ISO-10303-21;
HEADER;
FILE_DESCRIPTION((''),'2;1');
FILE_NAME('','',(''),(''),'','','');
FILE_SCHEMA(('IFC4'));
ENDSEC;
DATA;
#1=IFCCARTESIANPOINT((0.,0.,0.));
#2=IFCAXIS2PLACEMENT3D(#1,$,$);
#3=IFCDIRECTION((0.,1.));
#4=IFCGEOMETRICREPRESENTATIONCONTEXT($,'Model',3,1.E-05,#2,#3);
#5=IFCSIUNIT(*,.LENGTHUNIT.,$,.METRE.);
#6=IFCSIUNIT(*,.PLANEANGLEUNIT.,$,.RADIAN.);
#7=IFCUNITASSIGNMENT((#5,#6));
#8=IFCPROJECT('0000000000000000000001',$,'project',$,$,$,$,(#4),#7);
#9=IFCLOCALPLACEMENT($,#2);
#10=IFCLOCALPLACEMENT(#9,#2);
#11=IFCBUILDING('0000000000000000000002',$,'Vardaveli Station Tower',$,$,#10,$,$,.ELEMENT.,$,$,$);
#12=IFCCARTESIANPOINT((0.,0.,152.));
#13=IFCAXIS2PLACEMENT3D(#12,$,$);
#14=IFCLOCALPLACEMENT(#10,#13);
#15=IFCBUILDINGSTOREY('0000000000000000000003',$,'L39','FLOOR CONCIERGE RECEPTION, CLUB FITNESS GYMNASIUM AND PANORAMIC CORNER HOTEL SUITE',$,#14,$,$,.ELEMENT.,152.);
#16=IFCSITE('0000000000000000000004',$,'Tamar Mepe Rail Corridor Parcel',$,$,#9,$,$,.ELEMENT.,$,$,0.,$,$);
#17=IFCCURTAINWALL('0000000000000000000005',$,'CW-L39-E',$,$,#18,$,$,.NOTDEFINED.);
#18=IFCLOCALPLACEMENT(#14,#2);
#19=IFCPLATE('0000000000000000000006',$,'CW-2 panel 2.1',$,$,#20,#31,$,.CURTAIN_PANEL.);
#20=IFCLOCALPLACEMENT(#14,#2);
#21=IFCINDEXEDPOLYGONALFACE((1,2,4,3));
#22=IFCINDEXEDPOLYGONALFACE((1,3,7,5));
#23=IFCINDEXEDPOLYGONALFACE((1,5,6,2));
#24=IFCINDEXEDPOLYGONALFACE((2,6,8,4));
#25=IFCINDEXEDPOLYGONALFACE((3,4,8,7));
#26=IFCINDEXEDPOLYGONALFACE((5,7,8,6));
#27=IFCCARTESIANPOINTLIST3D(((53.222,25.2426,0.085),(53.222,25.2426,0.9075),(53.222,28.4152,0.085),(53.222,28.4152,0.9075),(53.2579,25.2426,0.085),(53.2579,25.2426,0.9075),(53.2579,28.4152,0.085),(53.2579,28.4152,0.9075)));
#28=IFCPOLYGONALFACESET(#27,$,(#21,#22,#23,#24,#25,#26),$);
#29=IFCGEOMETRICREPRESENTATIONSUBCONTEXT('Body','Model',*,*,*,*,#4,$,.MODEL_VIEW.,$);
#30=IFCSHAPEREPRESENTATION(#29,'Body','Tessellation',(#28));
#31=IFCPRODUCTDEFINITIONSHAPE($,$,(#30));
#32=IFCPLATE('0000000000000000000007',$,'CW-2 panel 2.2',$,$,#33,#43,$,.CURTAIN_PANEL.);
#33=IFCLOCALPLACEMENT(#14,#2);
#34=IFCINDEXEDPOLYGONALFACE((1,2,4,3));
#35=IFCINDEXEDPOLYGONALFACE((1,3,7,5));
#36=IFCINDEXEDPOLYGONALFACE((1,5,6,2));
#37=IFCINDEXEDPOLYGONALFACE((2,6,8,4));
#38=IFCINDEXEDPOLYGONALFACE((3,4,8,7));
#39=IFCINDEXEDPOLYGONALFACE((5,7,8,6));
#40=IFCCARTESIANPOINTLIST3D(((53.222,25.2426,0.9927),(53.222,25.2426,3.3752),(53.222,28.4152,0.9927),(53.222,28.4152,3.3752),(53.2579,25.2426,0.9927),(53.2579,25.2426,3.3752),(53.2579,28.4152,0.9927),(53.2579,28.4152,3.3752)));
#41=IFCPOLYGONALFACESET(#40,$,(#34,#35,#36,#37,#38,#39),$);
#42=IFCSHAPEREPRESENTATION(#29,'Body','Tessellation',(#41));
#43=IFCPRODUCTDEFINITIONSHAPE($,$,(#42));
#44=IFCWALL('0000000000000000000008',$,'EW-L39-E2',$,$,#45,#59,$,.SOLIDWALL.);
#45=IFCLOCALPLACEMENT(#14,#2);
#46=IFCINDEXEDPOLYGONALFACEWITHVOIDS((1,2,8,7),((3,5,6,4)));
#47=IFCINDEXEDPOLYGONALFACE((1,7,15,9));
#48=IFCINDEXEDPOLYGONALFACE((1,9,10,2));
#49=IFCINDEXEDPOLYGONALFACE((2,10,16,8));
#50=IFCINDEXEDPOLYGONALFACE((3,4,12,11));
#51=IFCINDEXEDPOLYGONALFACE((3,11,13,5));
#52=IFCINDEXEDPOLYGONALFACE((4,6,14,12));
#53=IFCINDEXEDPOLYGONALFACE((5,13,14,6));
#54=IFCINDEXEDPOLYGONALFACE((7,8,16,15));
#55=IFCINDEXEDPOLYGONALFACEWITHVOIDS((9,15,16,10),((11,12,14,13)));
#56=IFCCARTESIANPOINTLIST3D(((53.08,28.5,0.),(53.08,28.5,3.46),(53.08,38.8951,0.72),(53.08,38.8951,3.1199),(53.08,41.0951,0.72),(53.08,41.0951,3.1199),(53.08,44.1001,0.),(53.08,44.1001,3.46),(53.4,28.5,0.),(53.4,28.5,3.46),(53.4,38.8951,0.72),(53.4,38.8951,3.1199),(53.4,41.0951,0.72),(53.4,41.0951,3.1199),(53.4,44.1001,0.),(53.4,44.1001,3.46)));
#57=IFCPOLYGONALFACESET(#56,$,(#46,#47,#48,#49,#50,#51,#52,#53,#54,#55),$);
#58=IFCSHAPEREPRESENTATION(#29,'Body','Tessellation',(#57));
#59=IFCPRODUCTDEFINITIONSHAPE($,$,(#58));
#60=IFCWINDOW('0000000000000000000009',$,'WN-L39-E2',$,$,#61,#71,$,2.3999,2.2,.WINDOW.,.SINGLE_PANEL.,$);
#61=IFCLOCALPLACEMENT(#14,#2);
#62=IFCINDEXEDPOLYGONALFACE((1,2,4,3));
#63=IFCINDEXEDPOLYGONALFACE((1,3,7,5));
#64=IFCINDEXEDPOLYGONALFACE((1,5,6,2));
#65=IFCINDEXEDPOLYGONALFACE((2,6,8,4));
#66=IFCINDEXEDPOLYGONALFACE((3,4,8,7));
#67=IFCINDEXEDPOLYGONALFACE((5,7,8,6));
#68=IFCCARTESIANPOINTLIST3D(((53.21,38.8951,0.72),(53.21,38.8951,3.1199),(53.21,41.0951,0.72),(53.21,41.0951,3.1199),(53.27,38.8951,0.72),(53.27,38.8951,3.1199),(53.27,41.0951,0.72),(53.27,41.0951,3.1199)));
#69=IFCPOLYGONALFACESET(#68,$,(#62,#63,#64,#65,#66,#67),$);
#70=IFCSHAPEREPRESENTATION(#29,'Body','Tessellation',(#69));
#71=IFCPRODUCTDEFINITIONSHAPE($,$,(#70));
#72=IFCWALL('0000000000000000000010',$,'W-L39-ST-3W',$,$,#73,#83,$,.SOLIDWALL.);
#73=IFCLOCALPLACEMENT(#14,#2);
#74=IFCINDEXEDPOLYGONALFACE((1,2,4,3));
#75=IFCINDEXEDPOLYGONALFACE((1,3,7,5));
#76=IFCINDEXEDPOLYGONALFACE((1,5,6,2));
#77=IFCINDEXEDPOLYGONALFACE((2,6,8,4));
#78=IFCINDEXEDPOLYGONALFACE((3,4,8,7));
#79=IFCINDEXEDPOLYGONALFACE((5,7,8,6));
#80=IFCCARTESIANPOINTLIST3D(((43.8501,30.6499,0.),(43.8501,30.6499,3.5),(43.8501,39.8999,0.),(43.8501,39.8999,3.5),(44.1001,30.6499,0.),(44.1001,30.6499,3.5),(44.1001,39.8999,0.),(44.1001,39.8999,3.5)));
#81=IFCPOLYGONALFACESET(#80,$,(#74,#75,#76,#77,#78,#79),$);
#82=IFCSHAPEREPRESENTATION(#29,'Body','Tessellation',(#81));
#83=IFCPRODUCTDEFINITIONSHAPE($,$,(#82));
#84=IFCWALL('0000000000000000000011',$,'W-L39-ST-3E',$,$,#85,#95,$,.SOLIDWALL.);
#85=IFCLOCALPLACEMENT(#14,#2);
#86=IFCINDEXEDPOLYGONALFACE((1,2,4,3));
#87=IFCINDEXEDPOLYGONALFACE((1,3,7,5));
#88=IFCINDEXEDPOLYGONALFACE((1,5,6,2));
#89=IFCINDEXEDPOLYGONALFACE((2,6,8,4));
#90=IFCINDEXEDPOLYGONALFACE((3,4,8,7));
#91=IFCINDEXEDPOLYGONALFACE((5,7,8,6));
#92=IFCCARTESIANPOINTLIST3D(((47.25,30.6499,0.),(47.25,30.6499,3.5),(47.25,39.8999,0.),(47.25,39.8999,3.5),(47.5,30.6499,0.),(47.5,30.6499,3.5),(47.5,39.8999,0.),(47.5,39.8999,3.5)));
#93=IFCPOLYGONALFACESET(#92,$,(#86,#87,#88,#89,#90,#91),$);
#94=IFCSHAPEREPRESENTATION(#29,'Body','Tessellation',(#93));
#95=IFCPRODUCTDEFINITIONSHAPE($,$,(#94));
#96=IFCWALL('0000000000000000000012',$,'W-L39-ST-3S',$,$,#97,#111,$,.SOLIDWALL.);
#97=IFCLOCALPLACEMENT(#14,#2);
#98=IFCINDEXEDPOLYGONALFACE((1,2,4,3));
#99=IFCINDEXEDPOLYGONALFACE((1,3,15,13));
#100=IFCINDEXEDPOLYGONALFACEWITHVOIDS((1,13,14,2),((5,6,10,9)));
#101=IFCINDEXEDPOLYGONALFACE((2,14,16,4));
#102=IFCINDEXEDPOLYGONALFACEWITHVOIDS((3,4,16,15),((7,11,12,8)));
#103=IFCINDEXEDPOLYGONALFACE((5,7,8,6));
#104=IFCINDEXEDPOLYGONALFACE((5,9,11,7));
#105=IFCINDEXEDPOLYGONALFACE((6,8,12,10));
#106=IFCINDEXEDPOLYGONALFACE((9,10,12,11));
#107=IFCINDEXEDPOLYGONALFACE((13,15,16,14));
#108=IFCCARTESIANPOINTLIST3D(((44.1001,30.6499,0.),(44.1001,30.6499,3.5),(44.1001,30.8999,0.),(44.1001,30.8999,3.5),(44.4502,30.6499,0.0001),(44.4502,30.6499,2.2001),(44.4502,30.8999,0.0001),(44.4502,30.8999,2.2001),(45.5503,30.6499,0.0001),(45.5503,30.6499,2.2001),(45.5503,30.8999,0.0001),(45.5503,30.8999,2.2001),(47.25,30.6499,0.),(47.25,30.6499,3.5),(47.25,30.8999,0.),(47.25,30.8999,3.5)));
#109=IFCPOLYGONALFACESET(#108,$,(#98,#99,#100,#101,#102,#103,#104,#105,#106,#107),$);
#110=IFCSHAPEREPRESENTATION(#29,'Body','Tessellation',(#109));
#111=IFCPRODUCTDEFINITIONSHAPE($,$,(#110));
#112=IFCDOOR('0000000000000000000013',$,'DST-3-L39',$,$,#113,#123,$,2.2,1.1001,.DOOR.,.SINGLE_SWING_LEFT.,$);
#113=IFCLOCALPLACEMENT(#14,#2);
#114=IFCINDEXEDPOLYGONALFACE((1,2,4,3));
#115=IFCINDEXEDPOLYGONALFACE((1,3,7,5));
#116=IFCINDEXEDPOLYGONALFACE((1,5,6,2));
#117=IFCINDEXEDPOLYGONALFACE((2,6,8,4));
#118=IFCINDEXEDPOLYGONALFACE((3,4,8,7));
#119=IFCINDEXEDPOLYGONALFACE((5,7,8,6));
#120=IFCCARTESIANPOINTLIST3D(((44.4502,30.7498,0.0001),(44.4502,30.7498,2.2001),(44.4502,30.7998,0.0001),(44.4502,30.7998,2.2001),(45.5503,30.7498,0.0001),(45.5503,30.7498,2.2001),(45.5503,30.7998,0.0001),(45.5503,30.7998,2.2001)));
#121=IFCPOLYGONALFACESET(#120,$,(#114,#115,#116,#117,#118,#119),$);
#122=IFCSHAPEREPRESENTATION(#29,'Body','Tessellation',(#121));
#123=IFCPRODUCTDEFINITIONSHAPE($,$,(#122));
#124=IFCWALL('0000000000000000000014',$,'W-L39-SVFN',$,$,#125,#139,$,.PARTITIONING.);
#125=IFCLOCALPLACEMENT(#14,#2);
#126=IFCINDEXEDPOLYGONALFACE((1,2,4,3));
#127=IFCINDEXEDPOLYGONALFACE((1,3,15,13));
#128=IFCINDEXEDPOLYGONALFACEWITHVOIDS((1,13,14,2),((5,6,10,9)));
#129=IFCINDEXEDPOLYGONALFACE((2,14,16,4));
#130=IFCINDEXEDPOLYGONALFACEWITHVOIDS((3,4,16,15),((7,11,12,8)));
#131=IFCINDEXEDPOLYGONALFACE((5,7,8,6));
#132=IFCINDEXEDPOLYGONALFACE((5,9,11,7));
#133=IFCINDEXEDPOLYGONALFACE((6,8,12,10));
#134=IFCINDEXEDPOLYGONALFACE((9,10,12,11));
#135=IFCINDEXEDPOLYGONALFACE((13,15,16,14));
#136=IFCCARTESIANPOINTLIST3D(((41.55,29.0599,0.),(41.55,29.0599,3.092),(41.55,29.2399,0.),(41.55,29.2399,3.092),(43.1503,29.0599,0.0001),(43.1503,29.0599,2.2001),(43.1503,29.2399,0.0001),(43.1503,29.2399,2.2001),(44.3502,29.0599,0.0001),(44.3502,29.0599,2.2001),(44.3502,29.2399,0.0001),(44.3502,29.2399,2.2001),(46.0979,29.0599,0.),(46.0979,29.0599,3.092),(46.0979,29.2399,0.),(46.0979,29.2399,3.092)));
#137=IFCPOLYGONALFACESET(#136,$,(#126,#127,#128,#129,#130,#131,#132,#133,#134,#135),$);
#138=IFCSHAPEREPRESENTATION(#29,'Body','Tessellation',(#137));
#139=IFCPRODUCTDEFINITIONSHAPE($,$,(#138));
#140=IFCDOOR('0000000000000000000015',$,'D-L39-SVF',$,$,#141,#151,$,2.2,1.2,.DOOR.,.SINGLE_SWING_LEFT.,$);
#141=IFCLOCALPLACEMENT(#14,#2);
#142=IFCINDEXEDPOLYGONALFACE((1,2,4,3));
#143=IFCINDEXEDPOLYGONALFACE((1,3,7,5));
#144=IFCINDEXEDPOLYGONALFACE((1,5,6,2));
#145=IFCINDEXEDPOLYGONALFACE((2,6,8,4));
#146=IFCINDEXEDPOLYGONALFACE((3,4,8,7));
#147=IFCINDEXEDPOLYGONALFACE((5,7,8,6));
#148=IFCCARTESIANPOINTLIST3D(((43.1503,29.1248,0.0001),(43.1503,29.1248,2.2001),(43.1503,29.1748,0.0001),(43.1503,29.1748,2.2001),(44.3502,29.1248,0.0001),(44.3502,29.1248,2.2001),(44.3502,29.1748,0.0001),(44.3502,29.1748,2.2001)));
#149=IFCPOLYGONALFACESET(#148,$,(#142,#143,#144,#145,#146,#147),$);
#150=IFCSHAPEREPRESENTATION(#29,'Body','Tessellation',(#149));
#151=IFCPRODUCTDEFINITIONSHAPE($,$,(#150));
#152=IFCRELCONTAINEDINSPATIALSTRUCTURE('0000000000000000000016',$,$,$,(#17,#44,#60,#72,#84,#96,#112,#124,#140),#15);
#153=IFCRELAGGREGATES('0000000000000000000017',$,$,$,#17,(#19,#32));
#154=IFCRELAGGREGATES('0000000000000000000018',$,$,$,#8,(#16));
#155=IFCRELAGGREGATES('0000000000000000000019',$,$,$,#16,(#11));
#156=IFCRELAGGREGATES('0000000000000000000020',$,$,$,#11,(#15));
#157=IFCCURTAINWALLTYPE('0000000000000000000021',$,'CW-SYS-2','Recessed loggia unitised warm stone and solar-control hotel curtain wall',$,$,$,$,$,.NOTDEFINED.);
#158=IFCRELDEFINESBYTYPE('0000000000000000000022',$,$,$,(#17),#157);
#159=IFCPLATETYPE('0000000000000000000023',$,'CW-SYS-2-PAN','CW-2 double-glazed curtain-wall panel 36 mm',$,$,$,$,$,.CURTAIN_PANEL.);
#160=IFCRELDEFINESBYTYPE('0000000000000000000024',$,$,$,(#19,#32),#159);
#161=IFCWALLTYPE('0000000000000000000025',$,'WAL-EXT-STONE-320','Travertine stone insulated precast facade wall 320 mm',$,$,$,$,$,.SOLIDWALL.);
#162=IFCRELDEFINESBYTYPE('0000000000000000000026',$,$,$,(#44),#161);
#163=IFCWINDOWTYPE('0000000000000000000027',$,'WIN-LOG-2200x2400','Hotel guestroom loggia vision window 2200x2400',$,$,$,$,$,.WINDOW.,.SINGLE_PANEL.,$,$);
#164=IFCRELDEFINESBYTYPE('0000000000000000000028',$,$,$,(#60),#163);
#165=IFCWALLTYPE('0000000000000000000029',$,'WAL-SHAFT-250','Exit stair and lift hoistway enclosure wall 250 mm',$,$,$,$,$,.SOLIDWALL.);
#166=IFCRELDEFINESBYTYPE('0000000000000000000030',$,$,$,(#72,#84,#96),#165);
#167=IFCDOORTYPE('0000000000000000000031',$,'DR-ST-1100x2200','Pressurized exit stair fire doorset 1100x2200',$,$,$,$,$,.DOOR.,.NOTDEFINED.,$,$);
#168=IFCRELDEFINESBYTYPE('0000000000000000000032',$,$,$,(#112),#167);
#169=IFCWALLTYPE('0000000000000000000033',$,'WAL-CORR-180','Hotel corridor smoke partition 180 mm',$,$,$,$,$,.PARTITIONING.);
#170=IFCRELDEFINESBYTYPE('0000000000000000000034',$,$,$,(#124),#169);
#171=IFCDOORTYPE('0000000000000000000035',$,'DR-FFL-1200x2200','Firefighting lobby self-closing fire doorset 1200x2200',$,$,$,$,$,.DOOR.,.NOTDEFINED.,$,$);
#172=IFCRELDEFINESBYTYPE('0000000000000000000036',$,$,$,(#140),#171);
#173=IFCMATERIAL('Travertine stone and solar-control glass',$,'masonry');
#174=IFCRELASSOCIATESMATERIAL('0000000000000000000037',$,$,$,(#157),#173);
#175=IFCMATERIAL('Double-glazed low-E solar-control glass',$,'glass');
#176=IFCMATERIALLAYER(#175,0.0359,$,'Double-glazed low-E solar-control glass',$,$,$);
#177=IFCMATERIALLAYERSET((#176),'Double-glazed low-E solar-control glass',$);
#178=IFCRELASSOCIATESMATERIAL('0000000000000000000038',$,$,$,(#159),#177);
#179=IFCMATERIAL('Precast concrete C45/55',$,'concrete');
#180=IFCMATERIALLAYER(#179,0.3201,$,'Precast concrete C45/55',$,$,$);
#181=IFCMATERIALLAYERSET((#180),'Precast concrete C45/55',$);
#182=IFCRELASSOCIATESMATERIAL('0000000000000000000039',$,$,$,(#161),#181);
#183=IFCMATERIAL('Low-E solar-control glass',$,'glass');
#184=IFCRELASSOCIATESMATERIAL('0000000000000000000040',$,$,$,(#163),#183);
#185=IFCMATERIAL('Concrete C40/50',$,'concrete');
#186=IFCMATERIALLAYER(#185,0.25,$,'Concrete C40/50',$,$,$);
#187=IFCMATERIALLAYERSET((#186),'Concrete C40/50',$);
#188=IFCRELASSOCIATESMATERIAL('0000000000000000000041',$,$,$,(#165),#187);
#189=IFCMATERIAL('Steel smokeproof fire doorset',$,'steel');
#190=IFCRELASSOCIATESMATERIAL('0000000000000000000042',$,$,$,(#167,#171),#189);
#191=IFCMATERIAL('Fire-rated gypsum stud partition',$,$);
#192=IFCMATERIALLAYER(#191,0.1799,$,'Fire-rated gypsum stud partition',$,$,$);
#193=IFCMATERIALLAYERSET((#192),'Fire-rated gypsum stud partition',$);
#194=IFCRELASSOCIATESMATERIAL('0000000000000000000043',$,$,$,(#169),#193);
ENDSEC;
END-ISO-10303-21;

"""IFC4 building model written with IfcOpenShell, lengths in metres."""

from ifc_helpers import new_model, si_unit, direction, frame, frame_2d, origin, origin_2d, place, context, subcontext, project, spatial, rectangle, extrude, source, transform, mapped, material, layer, layer_set, type_object, element, fill, aggregate, save


model = new_model("IFC4")

# Units and contexts
model_context = context("Model", 3, precision=1e-05, world=origin(), true_north=direction((0.0, 1.0)))
body_context = subcontext(model_context, "Body", "Model", "MODEL_VIEW")
ifc_project = project(units=[si_unit("LENGTHUNIT", "METRE"), si_unit("PLANEANGLEUNIT", "RADIAN")], contexts=[model_context])

# Site, building, storey
site_placement = place(None, origin())
site = spatial("IfcSite", under=ifc_project, at=site_placement, Name="Tamar Mepe Rail Corridor Parcel", CompositionType="ELEMENT", RefElevation=0.0)
building_placement = place(site_placement, origin())
building = spatial("IfcBuilding", under=site, at=building_placement, Name="Vardaveli Station Tower", CompositionType="ELEMENT")
storey_placement = place(building_placement, frame((0.0, 0.0, 152.0)))
storey = spatial("IfcBuildingStorey", under=building, at=storey_placement, Name="L39", Description="FLOOR CONCIERGE RECEPTION, CLUB FITNESS GYMNASIUM AND PANORAMIC CORNER HOTEL SUITE", CompositionType="ELEMENT", Elevation=152.0)

# Shared definitions
ifc_material_1 = material(Name="Precast concrete C45/55", Category="concrete")

# Curtain wall, plates
ifc_material_2 = material(Name="Travertine stone and solar-control glass", Category="masonry")
curtain_wall_type = type_object("IfcCurtainWallType", Name="CW-SYS-2", Description="Recessed loggia unitised warm stone and solar-control hotel curtain wall", PredefinedType="NOTDEFINED", material=ifc_material_2)
curtain_wall_placement = place(storey_placement, origin())
curtain_wall = element("IfcCurtainWall", 1, at=curtain_wall_placement, inside=storey, type_object=curtain_wall_type, Name="CW-L39-E", PredefinedType="NOTDEFINED")
ifc_material_3 = material(Name="Double-glazed low-E solar-control glass", Category="glass")
ifc_layer_1 = layer(ifc_material_3, 0.0359, Name="Double-glazed low-E solar-control glass")
ifc_layer_set_1 = layer_set([ifc_layer_1], Name="Double-glazed low-E solar-control glass")
plate_type = type_object("IfcPlateType", Name="CW-SYS-2-PAN", Description="CW-2 double-glazed curtain-wall panel 36 mm", PredefinedType="CURTAIN_PANEL", material=ifc_layer_set_1)
shared_shape_1 = source(origin(), body_context, "Body", "SweptSolid", [
    extrude(rectangle(XDim=3.1726, YDim=0.0359, at=origin_2d()), origin(), (0.0, 0.0, 1.0), 0.8225),
])
plate_1_placement = place(storey_placement, frame((53.24, 26.8289, 0.085), z_axis=(0.0, 0.0, 1.0), x_axis=(0.0, 1.0, 0.0)))
plate_1 = element("IfcPlate", 2, at=plate_1_placement, type_object=plate_type, Name="CW-2 panel 2.1", PredefinedType="CURTAIN_PANEL", context=body_context, shape_type="MappedRepresentation", body=[
    mapped(shared_shape_1, transform((0.0, 0.0, 0.0), scale=1.0)),
])
shared_shape_2 = source(origin(), body_context, "Body", "SweptSolid", [
    extrude(rectangle(XDim=3.1726, YDim=0.0359, at=origin_2d()), origin(), (0.0, 0.0, 1.0), 2.3826),
])
plate_2_placement = place(storey_placement, frame((53.24, 26.8289, 0.9927), z_axis=(0.0, 0.0, 1.0), x_axis=(0.0, 1.0, 0.0)))
plate_2 = element("IfcPlate", 3, at=plate_2_placement, type_object=plate_type, Name="CW-2 panel 2.2", PredefinedType="CURTAIN_PANEL", context=body_context, shape_type="MappedRepresentation", body=[
    mapped(shared_shape_2, transform((0.0, 0.0, 0.0), scale=1.0)),
])
aggregate(curtain_wall, [plate_1, plate_2])

# Wall, opening, window
ifc_layer_2 = layer(ifc_material_1, 0.3201, Name="Precast concrete C45/55")
ifc_layer_set_2 = layer_set([ifc_layer_2], Name="Precast concrete C45/55")
wall_type_1 = type_object("IfcWallType", Name="WAL-EXT-STONE-320", Description="Travertine stone insulated precast facade wall 320 mm", PredefinedType="SOLIDWALL", material=ifc_layer_set_2)
shared_shape_3 = source(origin(), body_context, "Body", "SweptSolid", [
    extrude(rectangle(XDim=15.6001, YDim=0.3201, at=frame_2d((7.8, 0.0))), origin(), (0.0, 0.0, 1.0), 3.46),
])
wall_1_placement = place(storey_placement, frame((53.24, 28.5, 0.0), z_axis=(0.0, 0.0, 1.0), x_axis=(0.0, 1.0, 0.0)))
wall_1 = element("IfcWall", 4, at=wall_1_placement, inside=storey, type_object=wall_type_1, Name="EW-L39-E2", PredefinedType="SOLIDWALL", context=body_context, shape_type="MappedRepresentation", body=[
    mapped(shared_shape_3, transform((0.0, 0.0, 0.0), scale=1.0)),
])
shared_shape_4 = source(origin(), body_context, "Body", "SweptSolid", [
    extrude(rectangle(XDim=2.2, YDim=2.3999, at=frame_2d((1.1001, 1.2))), frame((0.0, 0.1699, 0.0), z_axis=(0.0, -1.0, 0.0), x_axis=(1.0, 0.0, 0.0)), (0.0, 0.0, 1.0), 0.3401),
])
opening_1_placement = place(wall_1_placement, frame((10.395, 0.0, 0.72)))
opening_1 = element("IfcOpeningElement", 5, at=opening_1_placement, cuts=wall_1, PredefinedType="OPENING", context=body_context, shape_type="MappedRepresentation", body=[
    mapped(shared_shape_4, transform((0.0, 0.0, 0.0), scale=1.0)),
])
ifc_material_4 = material(Name="Low-E solar-control glass", Category="glass")
window_type = type_object("IfcWindowType", Name="WIN-LOG-2200x2400", Description="Hotel guestroom loggia vision window 2200x2400", PartitioningType="SINGLE_PANEL", PredefinedType="WINDOW", material=ifc_material_4)
shared_shape_5 = source(origin(), body_context, "Body", "SweptSolid", [
    extrude(rectangle(XDim=2.2, YDim=2.3999, at=frame_2d((1.1001, 1.2))), frame((0.0, 0.03, 0.0), z_axis=(0.0, -1.0, 0.0), x_axis=(1.0, 0.0, 0.0)), (0.0, 0.0, 1.0), 0.0601),
])
window_placement = place(opening_1_placement, origin())
window = element("IfcWindow", 6, at=window_placement, inside=storey, type_object=window_type, Name="WN-L39-E2", OverallHeight=2.3999, OverallWidth=2.2, PartitioningType="SINGLE_PANEL", PredefinedType="WINDOW", context=body_context, shape_type="MappedRepresentation", body=[
    mapped(shared_shape_5, transform((0.0, 0.0, 0.0), scale=1.0)),
])
fill(opening_1, window)

# Walls
ifc_material_5 = material(Name="Concrete C40/50", Category="concrete")
ifc_layer_3 = layer(ifc_material_5, 0.25, Name="Concrete C40/50")
ifc_layer_set_3 = layer_set([ifc_layer_3], Name="Concrete C40/50")
wall_type_2 = type_object("IfcWallType", Name="WAL-SHAFT-250", Description="Exit stair and lift hoistway enclosure wall 250 mm", PredefinedType="SOLIDWALL", material=ifc_layer_set_3)
shared_shape_6 = source(origin(), body_context, "Body", "SweptSolid", [
    extrude(rectangle(XDim=9.25, YDim=0.25, at=frame_2d((4.625, 0.0))), origin(), (0.0, 0.0, 1.0), 3.5),
])
for number, where, z_axis, x_axis, name in (
    (7, (43.9751, 30.6499, 0.0), (0.0, 0.0, 1.0), (0.0, 1.0, 0.0), "W-L39-ST-3W"),
    (8, (47.375, 30.6499, 0.0), (0.0, 0.0, 1.0), (0.0, 1.0, 0.0), "W-L39-ST-3E"),
):
    element("IfcWall", number, at=place(storey_placement, frame(where, z_axis=z_axis, x_axis=x_axis)), inside=storey, type_object=wall_type_2, Name=name, PredefinedType="SOLIDWALL", context=body_context, shape_type="MappedRepresentation", body=[
        mapped(shared_shape_6, transform((0.0, 0.0, 0.0), scale=1.0)),
    ])

# Walls, openings, doors
shared_shape_7 = source(origin(), body_context, "Body", "SweptSolid", [
    extrude(rectangle(XDim=3.1499, YDim=0.25, at=frame_2d((1.575, 0.0))), origin(), (0.0, 0.0, 1.0), 3.5),
])
wall_2_placement = place(storey_placement, frame((44.1001, 30.7749, 0.0), z_axis=(0.0, 0.0, 1.0), x_axis=(1.0, 0.0, 0.0)))
wall_2 = element("IfcWall", 9, at=wall_2_placement, inside=storey, type_object=wall_type_2, Name="W-L39-ST-3S", PredefinedType="SOLIDWALL", context=body_context, shape_type="MappedRepresentation", body=[
    mapped(shared_shape_7, transform((0.0, 0.0, 0.0), scale=1.0)),
])
shared_shape_8 = source(origin(), body_context, "Body", "SweptSolid", [
    extrude(rectangle(XDim=1.1001, YDim=2.2, at=frame_2d((0.55, 1.1001))), frame((0.0, 0.135, 0.0), z_axis=(0.0, -1.0, 0.0), x_axis=(1.0, 0.0, 0.0)), (0.0, 0.0, 1.0), 0.27),
])
opening_2_placement = place(wall_2_placement, frame((0.3501, 0.0, 0.0)))
opening_2 = element("IfcOpeningElement", 10, at=opening_2_placement, cuts=wall_2, PredefinedType="OPENING", context=body_context, shape_type="MappedRepresentation", body=[
    mapped(shared_shape_8, transform((0.0, 0.0, 0.0), scale=1.0)),
])
ifc_material_6 = material(Name="Steel smokeproof fire doorset", Category="steel")
door_type_1 = type_object("IfcDoorType", Name="DR-ST-1100x2200", Description="Pressurized exit stair fire doorset 1100x2200", OperationType="NOTDEFINED", PredefinedType="DOOR", material=ifc_material_6)
shared_shape_9 = source(origin(), body_context, "Body", "SweptSolid", [
    extrude(rectangle(XDim=1.1001, YDim=2.2, at=frame_2d((0.55, 1.1001))), frame((0.0, 0.0249, 0.0), z_axis=(0.0, -1.0, 0.0), x_axis=(1.0, 0.0, 0.0)), (0.0, 0.0, 1.0), 0.05),
])
door_1_placement = place(opening_2_placement, origin())
door_1 = element("IfcDoor", 11, at=door_1_placement, inside=storey, type_object=door_type_1, Name="DST-3-L39", OperationType="SINGLE_SWING_LEFT", OverallHeight=2.2, OverallWidth=1.1001, PredefinedType="DOOR", context=body_context, shape_type="MappedRepresentation", body=[
    mapped(shared_shape_9, transform((0.0, 0.0, 0.0), scale=1.0)),
])
fill(opening_2, door_1)
ifc_material_7 = material(Name="Fire-rated gypsum stud partition")
ifc_layer_4 = layer(ifc_material_7, 0.1799, Name="Fire-rated gypsum stud partition")
ifc_layer_set_4 = layer_set([ifc_layer_4], Name="Fire-rated gypsum stud partition")
wall_type_3 = type_object("IfcWallType", Name="WAL-CORR-180", Description="Hotel corridor smoke partition 180 mm", PredefinedType="PARTITIONING", material=ifc_layer_set_4)
shared_shape_10 = source(origin(), body_context, "Body", "SweptSolid", [
    extrude(rectangle(XDim=4.5479, YDim=0.1799, at=frame_2d((2.2739, 0.0))), origin(), (0.0, 0.0, 1.0), 3.092),
])
wall_3_placement = place(storey_placement, frame((41.55, 29.1499, 0.0), z_axis=(0.0, 0.0, 1.0), x_axis=(1.0, 0.0, 0.0)))
wall_3 = element("IfcWall", 12, at=wall_3_placement, inside=storey, type_object=wall_type_3, Name="W-L39-SVFN", PredefinedType="PARTITIONING", context=body_context, shape_type="MappedRepresentation", body=[
    mapped(shared_shape_10, transform((0.0, 0.0, 0.0), scale=1.0)),
])
shared_shape_11 = source(origin(), body_context, "Body", "SweptSolid", [
    extrude(rectangle(XDim=1.2, YDim=2.2, at=frame_2d((0.6001, 1.1001))), frame((0.0, 0.1001, 0.0), z_axis=(0.0, -1.0, 0.0), x_axis=(1.0, 0.0, 0.0)), (0.0, 0.0, 1.0), 0.2),
])
opening_3_placement = place(wall_3_placement, frame((1.6001, 0.0, 0.0)))
opening_3 = element("IfcOpeningElement", 13, at=opening_3_placement, cuts=wall_3, PredefinedType="OPENING", context=body_context, shape_type="MappedRepresentation", body=[
    mapped(shared_shape_11, transform((0.0, 0.0, 0.0), scale=1.0)),
])
door_type_2 = type_object("IfcDoorType", Name="DR-FFL-1200x2200", Description="Firefighting lobby self-closing fire doorset 1200x2200", OperationType="NOTDEFINED", PredefinedType="DOOR", material=ifc_material_6)
shared_shape_12 = source(origin(), body_context, "Body", "SweptSolid", [
    extrude(rectangle(XDim=1.2, YDim=2.2, at=frame_2d((0.6001, 1.1001))), frame((0.0, 0.0249, 0.0), z_axis=(0.0, -1.0, 0.0), x_axis=(1.0, 0.0, 0.0)), (0.0, 0.0, 1.0), 0.05),
])
door_2_placement = place(opening_3_placement, origin())
door_2 = element("IfcDoor", 14, at=door_2_placement, inside=storey, type_object=door_type_2, Name="D-L39-SVF", OperationType="SINGLE_SWING_LEFT", OverallHeight=2.2, OverallWidth=1.2, PredefinedType="DOOR", context=body_context, shape_type="MappedRepresentation", body=[
    mapped(shared_shape_12, transform((0.0, 0.0, 0.0), scale=1.0)),
])
fill(opening_3, door_2)

save(model, "model.ifc")
